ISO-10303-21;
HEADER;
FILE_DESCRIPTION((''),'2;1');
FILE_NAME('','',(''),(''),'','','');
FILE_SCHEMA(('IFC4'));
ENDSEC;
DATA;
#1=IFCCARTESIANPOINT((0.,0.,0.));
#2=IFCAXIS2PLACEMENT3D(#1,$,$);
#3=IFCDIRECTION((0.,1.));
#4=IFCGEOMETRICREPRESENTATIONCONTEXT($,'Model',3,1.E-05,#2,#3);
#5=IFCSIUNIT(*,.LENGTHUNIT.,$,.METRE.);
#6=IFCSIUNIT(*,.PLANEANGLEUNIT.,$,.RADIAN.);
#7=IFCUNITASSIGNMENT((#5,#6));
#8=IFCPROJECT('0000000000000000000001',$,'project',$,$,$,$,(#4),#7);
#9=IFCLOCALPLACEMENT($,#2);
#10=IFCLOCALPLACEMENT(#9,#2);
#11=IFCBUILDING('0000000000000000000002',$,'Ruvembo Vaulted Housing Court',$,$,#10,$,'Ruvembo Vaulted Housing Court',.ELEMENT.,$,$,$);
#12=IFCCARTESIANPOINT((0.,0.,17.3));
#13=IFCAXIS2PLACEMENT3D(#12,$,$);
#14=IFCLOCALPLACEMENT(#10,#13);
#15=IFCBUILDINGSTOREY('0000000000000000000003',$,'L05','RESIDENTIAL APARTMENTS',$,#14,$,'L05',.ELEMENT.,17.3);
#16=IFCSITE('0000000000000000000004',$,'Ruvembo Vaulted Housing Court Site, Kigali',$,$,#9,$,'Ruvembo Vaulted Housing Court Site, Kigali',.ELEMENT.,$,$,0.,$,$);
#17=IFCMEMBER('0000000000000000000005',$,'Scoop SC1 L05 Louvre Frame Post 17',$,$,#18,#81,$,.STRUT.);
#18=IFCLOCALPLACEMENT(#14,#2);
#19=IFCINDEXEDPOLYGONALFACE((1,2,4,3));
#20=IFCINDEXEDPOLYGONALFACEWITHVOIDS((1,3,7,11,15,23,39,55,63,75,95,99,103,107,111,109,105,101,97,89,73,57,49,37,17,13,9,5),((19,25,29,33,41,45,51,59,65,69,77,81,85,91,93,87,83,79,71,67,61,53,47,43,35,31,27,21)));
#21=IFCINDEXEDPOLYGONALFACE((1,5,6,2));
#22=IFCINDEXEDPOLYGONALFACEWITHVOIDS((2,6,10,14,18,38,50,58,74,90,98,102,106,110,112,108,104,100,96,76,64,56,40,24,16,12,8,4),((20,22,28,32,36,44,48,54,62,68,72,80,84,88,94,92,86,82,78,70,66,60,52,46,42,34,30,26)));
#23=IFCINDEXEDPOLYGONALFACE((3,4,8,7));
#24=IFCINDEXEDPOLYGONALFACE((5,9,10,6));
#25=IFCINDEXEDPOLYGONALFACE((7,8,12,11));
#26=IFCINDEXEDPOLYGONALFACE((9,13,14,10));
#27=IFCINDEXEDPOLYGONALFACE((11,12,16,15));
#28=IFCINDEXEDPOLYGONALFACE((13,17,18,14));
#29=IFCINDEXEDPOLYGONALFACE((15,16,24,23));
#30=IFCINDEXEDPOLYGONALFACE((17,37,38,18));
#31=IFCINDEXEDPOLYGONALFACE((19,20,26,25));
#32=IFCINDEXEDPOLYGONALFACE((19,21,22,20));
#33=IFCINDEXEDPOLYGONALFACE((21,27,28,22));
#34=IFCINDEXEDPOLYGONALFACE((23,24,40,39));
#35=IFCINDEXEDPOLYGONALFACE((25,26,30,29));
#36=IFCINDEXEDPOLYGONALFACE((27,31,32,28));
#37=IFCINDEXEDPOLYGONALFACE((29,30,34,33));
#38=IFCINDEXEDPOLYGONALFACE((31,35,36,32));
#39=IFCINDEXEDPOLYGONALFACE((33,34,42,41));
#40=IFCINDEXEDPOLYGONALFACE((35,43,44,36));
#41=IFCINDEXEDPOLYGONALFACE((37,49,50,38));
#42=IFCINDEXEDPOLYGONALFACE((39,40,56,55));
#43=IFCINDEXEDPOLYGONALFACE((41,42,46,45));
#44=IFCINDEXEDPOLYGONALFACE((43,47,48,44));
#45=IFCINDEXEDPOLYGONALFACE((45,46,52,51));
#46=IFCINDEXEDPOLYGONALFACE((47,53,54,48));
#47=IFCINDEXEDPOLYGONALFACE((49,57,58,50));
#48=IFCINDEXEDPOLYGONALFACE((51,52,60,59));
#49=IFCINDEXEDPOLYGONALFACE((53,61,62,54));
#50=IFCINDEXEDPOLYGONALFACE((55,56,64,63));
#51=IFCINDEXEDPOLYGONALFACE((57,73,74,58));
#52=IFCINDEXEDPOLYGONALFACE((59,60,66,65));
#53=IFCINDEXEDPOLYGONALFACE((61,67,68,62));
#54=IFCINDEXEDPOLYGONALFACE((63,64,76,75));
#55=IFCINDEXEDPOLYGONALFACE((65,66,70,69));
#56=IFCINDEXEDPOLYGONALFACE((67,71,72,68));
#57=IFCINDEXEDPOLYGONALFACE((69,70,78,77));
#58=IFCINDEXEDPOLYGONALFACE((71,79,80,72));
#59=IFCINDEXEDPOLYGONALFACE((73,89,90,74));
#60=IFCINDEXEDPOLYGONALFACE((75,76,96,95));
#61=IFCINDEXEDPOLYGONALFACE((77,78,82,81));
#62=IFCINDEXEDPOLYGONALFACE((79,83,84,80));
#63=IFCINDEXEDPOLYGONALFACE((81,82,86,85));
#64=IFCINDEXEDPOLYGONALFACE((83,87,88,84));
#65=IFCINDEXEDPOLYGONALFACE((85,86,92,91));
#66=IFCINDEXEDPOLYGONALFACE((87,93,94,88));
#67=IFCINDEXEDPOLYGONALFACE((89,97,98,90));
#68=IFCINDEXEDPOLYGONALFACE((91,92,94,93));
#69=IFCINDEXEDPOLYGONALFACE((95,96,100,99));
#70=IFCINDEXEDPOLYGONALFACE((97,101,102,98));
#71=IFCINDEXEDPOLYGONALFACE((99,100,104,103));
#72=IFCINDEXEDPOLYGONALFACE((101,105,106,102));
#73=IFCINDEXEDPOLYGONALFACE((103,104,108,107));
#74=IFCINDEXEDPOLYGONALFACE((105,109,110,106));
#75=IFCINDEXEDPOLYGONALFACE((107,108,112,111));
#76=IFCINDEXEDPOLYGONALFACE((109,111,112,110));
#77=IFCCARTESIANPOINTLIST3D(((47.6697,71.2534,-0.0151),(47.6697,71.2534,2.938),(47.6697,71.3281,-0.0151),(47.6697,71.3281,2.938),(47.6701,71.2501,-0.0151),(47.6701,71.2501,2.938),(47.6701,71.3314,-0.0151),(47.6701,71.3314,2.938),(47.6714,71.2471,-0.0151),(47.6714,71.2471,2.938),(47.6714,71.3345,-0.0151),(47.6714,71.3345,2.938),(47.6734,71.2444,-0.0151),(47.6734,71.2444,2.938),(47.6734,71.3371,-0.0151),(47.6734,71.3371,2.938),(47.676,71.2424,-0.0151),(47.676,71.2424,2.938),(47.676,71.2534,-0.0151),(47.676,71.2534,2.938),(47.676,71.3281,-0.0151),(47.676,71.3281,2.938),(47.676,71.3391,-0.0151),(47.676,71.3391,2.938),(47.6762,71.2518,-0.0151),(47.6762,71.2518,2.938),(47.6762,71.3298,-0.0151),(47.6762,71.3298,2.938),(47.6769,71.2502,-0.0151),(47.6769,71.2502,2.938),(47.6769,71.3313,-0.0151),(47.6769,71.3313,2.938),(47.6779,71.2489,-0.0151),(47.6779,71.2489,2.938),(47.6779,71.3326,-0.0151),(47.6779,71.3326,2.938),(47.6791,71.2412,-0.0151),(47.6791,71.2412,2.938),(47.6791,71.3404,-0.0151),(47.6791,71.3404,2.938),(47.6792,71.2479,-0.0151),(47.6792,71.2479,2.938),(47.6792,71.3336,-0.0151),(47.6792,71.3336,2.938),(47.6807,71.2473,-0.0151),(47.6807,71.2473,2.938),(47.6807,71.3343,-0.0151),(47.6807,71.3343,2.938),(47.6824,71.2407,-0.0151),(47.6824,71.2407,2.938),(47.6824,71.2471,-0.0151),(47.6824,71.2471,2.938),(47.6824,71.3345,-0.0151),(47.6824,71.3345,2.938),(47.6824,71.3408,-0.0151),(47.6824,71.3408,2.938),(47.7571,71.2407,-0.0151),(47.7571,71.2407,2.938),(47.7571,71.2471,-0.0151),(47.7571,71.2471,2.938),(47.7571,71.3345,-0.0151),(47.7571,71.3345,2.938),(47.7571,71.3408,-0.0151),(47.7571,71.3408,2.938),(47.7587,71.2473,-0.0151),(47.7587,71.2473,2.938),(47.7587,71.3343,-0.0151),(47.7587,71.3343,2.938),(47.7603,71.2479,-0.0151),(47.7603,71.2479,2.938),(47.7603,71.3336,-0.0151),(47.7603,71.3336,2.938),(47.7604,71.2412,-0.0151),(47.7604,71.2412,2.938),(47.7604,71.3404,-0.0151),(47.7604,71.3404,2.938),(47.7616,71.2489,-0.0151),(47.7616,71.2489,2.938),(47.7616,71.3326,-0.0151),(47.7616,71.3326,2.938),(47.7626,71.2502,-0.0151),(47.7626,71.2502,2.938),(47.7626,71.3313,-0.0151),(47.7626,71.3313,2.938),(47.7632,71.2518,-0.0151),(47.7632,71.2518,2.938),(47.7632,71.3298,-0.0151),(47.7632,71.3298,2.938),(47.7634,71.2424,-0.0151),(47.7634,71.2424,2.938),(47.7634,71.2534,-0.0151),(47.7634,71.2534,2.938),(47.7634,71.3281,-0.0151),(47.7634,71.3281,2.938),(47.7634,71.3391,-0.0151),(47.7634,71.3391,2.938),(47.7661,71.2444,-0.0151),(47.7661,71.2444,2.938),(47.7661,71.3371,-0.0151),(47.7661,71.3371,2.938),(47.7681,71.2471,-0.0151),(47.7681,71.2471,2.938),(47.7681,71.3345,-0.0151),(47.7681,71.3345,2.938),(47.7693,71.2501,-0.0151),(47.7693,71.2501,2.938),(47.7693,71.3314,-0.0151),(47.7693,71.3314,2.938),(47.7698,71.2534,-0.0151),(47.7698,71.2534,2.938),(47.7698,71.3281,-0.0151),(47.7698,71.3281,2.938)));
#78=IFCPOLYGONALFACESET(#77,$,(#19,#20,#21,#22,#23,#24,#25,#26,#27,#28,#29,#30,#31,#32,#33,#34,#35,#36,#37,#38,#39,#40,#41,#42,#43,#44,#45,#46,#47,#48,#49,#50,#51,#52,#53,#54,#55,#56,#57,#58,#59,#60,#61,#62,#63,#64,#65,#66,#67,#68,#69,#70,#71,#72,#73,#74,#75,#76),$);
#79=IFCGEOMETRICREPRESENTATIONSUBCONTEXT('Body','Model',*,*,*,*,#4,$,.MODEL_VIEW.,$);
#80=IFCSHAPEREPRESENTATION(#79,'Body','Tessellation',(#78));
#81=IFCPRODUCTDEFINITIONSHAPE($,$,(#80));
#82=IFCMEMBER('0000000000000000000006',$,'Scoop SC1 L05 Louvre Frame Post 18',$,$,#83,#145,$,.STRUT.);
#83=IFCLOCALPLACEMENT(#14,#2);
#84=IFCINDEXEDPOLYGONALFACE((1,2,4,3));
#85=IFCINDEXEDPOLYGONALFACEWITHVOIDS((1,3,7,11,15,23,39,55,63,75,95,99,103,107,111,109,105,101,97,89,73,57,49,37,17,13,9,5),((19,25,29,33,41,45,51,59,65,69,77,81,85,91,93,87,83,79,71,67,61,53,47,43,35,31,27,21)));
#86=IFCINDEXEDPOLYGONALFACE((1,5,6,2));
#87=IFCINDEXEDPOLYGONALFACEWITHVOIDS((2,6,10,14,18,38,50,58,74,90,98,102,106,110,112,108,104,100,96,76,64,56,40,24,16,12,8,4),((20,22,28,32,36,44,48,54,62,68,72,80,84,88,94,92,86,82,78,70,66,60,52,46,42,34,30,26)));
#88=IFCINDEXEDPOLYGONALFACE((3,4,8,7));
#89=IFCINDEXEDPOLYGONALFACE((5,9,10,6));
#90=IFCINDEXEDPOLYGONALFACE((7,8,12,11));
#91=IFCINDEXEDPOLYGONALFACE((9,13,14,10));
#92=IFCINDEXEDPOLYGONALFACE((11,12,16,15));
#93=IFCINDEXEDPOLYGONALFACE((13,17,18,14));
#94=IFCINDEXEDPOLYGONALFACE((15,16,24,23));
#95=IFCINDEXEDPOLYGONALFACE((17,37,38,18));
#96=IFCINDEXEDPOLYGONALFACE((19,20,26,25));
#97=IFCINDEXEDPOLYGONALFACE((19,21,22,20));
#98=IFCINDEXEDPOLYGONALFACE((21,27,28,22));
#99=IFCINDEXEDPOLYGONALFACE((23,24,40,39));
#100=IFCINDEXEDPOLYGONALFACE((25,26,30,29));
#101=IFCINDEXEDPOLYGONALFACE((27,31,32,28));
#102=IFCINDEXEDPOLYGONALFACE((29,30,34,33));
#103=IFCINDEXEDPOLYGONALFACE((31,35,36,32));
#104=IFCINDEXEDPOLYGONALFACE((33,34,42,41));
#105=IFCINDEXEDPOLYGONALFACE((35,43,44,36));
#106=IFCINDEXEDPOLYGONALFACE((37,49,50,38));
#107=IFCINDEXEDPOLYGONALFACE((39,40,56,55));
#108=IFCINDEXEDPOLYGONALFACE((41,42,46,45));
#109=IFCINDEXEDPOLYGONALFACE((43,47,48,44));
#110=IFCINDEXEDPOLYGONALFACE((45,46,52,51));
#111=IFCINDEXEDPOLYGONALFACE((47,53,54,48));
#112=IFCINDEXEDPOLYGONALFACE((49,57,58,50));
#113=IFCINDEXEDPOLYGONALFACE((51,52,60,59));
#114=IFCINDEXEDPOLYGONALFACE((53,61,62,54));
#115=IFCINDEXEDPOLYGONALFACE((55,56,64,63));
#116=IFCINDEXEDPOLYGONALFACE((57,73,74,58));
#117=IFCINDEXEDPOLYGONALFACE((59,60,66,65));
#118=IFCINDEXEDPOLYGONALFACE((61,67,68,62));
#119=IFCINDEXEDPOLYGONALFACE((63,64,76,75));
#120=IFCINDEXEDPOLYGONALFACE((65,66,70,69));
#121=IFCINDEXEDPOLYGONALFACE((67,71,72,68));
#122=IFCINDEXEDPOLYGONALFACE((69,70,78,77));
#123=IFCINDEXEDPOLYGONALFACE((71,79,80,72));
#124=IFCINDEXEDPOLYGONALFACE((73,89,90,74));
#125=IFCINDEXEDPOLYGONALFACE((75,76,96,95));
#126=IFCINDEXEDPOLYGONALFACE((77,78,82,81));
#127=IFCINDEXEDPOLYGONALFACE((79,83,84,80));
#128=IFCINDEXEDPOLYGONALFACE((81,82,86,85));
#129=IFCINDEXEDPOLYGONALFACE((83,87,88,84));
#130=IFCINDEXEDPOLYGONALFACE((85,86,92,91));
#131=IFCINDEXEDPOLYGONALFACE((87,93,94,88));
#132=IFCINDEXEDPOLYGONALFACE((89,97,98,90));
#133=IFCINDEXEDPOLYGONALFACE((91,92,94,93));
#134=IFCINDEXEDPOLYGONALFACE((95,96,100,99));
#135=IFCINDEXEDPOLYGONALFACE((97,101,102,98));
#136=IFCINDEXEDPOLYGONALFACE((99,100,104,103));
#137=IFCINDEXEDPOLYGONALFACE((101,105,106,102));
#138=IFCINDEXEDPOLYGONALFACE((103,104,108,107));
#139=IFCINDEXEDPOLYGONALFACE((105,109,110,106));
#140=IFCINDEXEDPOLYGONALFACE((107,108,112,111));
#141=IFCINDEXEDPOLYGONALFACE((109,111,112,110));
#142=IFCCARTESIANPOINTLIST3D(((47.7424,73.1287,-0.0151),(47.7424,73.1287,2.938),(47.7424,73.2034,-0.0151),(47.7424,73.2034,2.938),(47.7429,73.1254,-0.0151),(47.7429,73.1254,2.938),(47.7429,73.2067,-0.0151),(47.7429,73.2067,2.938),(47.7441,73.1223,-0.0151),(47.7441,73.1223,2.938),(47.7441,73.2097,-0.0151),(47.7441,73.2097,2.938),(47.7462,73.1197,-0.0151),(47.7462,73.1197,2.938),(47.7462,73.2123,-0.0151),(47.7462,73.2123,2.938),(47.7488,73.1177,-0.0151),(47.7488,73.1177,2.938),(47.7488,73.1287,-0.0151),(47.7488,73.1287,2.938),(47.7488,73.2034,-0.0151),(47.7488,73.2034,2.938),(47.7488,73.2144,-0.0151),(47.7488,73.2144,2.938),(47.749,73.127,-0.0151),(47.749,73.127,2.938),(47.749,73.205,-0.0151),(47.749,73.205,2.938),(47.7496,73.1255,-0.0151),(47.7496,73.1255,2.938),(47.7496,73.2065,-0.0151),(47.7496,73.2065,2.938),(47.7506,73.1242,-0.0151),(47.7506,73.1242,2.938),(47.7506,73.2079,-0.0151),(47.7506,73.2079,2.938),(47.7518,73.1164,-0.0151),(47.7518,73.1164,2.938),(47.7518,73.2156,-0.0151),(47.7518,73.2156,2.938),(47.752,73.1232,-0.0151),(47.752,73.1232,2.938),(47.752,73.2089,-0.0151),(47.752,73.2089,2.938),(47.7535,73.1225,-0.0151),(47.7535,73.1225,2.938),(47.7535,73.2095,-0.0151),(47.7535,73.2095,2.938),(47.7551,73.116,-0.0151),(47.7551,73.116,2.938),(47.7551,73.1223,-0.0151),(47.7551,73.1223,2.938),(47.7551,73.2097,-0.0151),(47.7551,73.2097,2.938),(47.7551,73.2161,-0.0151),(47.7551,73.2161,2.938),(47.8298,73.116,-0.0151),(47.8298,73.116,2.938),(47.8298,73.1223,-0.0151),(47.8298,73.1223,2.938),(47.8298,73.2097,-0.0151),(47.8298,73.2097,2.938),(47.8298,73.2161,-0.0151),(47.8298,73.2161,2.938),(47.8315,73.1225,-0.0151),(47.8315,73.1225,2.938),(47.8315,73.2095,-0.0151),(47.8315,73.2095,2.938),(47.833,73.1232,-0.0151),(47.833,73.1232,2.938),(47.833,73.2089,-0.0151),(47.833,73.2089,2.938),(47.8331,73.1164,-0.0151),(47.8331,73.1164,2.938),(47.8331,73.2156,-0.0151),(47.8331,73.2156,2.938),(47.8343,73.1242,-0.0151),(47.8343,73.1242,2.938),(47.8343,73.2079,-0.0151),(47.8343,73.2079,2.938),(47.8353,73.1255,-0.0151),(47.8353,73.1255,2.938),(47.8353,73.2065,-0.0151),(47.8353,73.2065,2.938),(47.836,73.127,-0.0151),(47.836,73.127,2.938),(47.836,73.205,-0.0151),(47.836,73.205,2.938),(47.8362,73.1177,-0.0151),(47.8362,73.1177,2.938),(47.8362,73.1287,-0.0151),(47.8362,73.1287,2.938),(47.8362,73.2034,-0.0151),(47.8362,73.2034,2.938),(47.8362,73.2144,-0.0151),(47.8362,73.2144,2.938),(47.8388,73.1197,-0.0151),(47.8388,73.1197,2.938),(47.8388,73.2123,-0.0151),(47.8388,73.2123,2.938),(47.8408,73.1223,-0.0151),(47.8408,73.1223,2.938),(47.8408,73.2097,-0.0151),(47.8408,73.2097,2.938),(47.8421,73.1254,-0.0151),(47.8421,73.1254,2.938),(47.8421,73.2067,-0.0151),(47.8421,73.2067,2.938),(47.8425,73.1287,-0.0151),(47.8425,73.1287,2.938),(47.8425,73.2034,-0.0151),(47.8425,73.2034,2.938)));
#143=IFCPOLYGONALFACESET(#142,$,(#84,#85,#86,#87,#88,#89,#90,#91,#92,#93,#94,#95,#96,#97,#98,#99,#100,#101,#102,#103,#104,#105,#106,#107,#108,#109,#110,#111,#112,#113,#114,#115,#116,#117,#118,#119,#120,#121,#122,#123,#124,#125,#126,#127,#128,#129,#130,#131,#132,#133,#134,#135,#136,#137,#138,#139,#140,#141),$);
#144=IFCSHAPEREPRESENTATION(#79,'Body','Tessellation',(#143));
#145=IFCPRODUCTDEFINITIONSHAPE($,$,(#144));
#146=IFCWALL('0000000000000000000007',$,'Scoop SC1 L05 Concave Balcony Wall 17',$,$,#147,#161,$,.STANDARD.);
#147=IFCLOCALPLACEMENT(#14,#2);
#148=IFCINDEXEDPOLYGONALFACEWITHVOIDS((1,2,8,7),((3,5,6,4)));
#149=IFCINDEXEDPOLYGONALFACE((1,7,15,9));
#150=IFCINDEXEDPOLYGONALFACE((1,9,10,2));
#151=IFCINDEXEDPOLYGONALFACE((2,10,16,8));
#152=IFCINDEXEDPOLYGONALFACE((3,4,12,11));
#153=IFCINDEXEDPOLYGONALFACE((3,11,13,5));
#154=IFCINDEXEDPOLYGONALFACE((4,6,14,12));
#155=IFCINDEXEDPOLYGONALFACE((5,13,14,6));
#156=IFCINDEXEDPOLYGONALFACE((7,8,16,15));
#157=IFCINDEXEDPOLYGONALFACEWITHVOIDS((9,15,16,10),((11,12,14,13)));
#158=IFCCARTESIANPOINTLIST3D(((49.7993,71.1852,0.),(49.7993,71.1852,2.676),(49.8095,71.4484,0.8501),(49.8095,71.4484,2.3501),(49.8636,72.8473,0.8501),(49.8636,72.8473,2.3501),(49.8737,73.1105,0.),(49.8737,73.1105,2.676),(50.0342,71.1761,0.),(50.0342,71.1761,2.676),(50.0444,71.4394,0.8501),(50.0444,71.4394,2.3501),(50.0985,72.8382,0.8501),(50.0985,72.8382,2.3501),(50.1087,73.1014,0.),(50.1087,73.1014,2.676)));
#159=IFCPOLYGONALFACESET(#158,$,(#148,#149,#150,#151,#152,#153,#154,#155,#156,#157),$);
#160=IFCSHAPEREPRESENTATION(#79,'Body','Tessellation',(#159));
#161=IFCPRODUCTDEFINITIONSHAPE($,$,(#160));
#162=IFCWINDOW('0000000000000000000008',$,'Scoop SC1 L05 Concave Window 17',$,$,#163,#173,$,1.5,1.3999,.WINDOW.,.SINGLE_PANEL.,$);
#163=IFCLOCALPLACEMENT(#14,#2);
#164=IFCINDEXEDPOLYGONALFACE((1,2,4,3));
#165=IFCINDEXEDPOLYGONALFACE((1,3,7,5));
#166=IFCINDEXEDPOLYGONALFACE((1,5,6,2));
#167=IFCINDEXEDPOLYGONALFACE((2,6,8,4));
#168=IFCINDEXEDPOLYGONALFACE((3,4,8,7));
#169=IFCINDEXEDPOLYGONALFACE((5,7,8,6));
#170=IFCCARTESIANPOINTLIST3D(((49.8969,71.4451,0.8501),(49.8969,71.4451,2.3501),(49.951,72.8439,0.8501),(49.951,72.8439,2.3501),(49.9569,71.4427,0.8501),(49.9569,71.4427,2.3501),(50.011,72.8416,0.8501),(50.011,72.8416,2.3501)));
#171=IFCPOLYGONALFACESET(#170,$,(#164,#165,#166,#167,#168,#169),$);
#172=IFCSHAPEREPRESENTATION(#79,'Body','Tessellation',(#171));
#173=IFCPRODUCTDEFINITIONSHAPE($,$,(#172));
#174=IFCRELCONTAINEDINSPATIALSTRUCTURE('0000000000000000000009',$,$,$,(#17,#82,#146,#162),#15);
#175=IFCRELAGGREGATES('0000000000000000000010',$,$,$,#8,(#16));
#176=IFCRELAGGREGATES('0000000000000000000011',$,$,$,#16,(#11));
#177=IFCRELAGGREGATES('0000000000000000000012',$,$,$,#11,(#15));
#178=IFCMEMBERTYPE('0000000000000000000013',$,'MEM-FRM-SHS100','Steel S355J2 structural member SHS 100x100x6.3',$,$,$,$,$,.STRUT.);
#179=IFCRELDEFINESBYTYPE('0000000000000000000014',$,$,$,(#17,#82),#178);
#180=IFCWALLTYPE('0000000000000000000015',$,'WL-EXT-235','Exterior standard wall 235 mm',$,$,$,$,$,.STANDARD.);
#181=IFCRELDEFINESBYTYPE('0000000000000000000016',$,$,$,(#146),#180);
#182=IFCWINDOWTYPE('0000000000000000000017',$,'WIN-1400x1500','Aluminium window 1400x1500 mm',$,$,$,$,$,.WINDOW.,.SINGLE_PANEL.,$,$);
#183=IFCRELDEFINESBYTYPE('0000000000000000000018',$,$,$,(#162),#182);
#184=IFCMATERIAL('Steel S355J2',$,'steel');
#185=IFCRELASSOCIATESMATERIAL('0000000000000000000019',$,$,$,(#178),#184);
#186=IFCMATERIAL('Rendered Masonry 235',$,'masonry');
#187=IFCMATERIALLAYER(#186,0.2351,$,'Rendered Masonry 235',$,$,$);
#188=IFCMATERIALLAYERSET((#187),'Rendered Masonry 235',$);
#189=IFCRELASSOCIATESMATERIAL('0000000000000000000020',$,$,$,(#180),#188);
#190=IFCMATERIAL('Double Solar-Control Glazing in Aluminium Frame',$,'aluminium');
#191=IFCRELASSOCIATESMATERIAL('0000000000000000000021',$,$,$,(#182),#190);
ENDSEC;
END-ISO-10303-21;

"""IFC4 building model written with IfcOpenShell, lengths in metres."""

from ifc_helpers import new_model, si_unit, direction, frame, frame_2d, origin, origin_2d, place, context, subcontext, project, spatial, rectangle, hollow_rectangle, extrude, material, layer, layer_set, material_profile, profile_set, type_object, element, fill, save


model = new_model("IFC4")

# Units and contexts
model_context = context("Model", 3, precision=1e-05, world=origin(), true_north=direction((0.0, 1.0)))
body_context = subcontext(model_context, "Body", "Model", "MODEL_VIEW")
ifc_project = project(units=[si_unit("LENGTHUNIT", "METRE"), si_unit("PLANEANGLEUNIT", "RADIAN")], contexts=[model_context])

# Site, building, storey
site_placement = place(None, origin())
site = spatial("IfcSite", under=ifc_project, at=site_placement, Name="Ruvembo Vaulted Housing Court Site, Kigali", LongName="Ruvembo Vaulted Housing Court Site, Kigali", CompositionType="ELEMENT", RefElevation=0.0)
building_placement = place(site_placement, origin())
building = spatial("IfcBuilding", under=site, at=building_placement, Name="Ruvembo Vaulted Housing Court", LongName="Ruvembo Vaulted Housing Court", CompositionType="ELEMENT")
storey_placement = place(building_placement, frame((0.0, 0.0, 17.3)))
storey = spatial("IfcBuildingStorey", under=building, at=storey_placement, Name="L05", Description="RESIDENTIAL APARTMENTS", LongName="L05", CompositionType="ELEMENT", Elevation=17.3)

# Shared definitions
ifc_material_1 = material(Name="Steel S355J2", Category="steel")

# Members
ifc_material_profile_1 = material_profile(ifc_material_1, hollow_rectangle(XDim=0.1001, YDim=0.1001, WallThickness=0.0063, InnerFilletRadius=0.0063, OuterFilletRadius=0.0127, at=origin_2d()), Name="SHS 100x100x6.3")
ifc_profile_set_1 = profile_set([ifc_material_profile_1], Name="Steel S355J2")
member_type_1 = type_object("IfcMemberType", Name="MEM-FRM-SHS100", Description="Steel S355J2 structural member SHS 100x100x6.3", PredefinedType="STRUT", material=ifc_profile_set_1)
for number, where, z_axis, x_axis, name in (
    (1, (47.7197, 71.2908, -0.0151), (0.0, 0.0, 1.0), (1.0, 0.0, 0.0), "Scoop SC1 L05 Louvre Frame Post 17"),
    (2, (47.7925, 73.166, -0.0151), (0.0, 0.0, 1.0), (1.0, 0.0, 0.0), "Scoop SC1 L05 Louvre Frame Post 18"),
):
    element("IfcMember", number, at=place(storey_placement, frame(where, z_axis=z_axis, x_axis=x_axis)), inside=storey, type_object=member_type_1, Name=name, PredefinedType="STRUT", context=body_context, shape_type="SweptSolid", body=[
        extrude(hollow_rectangle(XDim=0.1001, YDim=0.1001, WallThickness=0.0063, InnerFilletRadius=0.0063, OuterFilletRadius=0.0127, at=origin_2d()), origin(), (0.0, 0.0, 1.0), 2.9531),
    ])

# Wall, opening, window
ifc_material_2 = material(Name="Rendered Masonry 235", Category="masonry")
ifc_layer_1 = layer(ifc_material_2, 0.2351, Name="Rendered Masonry 235")
ifc_layer_set_1 = layer_set([ifc_layer_1], Name="Rendered Masonry 235")
wall_type = type_object("IfcWallType", Name="WL-EXT-235", Description="Exterior standard wall 235 mm", PredefinedType="STANDARD", material=ifc_layer_set_1)
wall_1_placement = place(storey_placement, frame((49.9167, 71.1807, 0.0), z_axis=(0.0, 0.0, 1.0), x_axis=(0.038647, 0.999253, 0.0)))
wall_1 = element("IfcWall", 3, at=wall_1_placement, inside=storey, type_object=wall_type, Name="Scoop SC1 L05 Concave Balcony Wall 17", PredefinedType="STANDARD", context=body_context, shape_type="SweptSolid", body=[
    extrude(rectangle(XDim=1.9268, YDim=0.2351, at=frame_2d((0.9634, 0.0))), origin(), (0.0, 0.0, 1.0), 2.676),
])
opening_1_placement = place(wall_1_placement, frame((0.2634, 0.0, 0.8501)))
opening_1 = element("IfcOpeningElement", 4, at=opening_1_placement, cuts=wall_1, PredefinedType="OPENING", context=body_context, shape_type="SweptSolid", body=[
    extrude(rectangle(XDim=1.3999, YDim=1.5, at=frame_2d((0.7, 0.75))), frame((0.0, 0.1274, 0.0), z_axis=(0.0, -1.0, 0.0), x_axis=(1.0, 0.0, 0.0)), (0.0, 0.0, 1.0), 0.2551),
])
ifc_material_3 = material(Name="Double Solar-Control Glazing in Aluminium Frame", Category="aluminium")
window_type_1 = type_object("IfcWindowType", Name="WIN-1400x1500", Description="Aluminium window 1400x1500 mm", PartitioningType="SINGLE_PANEL", PredefinedType="WINDOW", material=ifc_material_3)
window_1_placement = place(opening_1_placement, origin())
window_1 = element("IfcWindow", 5, at=window_1_placement, inside=storey, type_object=window_type_1, Name="Scoop SC1 L05 Concave Window 17", OverallHeight=1.5, OverallWidth=1.3999, PartitioningType="SINGLE_PANEL", PredefinedType="WINDOW", context=body_context, shape_type="SweptSolid", body=[
    extrude(rectangle(XDim=1.3999, YDim=1.5, at=frame_2d((0.7, 0.75))), frame((0.0, 0.03, 0.0), z_axis=(0.0, -1.0, 0.0), x_axis=(1.0, 0.0, 0.0)), (0.0, 0.0, 1.0), 0.0601),
])
fill(opening_1, window_1)

save(model, "model.ifc")
